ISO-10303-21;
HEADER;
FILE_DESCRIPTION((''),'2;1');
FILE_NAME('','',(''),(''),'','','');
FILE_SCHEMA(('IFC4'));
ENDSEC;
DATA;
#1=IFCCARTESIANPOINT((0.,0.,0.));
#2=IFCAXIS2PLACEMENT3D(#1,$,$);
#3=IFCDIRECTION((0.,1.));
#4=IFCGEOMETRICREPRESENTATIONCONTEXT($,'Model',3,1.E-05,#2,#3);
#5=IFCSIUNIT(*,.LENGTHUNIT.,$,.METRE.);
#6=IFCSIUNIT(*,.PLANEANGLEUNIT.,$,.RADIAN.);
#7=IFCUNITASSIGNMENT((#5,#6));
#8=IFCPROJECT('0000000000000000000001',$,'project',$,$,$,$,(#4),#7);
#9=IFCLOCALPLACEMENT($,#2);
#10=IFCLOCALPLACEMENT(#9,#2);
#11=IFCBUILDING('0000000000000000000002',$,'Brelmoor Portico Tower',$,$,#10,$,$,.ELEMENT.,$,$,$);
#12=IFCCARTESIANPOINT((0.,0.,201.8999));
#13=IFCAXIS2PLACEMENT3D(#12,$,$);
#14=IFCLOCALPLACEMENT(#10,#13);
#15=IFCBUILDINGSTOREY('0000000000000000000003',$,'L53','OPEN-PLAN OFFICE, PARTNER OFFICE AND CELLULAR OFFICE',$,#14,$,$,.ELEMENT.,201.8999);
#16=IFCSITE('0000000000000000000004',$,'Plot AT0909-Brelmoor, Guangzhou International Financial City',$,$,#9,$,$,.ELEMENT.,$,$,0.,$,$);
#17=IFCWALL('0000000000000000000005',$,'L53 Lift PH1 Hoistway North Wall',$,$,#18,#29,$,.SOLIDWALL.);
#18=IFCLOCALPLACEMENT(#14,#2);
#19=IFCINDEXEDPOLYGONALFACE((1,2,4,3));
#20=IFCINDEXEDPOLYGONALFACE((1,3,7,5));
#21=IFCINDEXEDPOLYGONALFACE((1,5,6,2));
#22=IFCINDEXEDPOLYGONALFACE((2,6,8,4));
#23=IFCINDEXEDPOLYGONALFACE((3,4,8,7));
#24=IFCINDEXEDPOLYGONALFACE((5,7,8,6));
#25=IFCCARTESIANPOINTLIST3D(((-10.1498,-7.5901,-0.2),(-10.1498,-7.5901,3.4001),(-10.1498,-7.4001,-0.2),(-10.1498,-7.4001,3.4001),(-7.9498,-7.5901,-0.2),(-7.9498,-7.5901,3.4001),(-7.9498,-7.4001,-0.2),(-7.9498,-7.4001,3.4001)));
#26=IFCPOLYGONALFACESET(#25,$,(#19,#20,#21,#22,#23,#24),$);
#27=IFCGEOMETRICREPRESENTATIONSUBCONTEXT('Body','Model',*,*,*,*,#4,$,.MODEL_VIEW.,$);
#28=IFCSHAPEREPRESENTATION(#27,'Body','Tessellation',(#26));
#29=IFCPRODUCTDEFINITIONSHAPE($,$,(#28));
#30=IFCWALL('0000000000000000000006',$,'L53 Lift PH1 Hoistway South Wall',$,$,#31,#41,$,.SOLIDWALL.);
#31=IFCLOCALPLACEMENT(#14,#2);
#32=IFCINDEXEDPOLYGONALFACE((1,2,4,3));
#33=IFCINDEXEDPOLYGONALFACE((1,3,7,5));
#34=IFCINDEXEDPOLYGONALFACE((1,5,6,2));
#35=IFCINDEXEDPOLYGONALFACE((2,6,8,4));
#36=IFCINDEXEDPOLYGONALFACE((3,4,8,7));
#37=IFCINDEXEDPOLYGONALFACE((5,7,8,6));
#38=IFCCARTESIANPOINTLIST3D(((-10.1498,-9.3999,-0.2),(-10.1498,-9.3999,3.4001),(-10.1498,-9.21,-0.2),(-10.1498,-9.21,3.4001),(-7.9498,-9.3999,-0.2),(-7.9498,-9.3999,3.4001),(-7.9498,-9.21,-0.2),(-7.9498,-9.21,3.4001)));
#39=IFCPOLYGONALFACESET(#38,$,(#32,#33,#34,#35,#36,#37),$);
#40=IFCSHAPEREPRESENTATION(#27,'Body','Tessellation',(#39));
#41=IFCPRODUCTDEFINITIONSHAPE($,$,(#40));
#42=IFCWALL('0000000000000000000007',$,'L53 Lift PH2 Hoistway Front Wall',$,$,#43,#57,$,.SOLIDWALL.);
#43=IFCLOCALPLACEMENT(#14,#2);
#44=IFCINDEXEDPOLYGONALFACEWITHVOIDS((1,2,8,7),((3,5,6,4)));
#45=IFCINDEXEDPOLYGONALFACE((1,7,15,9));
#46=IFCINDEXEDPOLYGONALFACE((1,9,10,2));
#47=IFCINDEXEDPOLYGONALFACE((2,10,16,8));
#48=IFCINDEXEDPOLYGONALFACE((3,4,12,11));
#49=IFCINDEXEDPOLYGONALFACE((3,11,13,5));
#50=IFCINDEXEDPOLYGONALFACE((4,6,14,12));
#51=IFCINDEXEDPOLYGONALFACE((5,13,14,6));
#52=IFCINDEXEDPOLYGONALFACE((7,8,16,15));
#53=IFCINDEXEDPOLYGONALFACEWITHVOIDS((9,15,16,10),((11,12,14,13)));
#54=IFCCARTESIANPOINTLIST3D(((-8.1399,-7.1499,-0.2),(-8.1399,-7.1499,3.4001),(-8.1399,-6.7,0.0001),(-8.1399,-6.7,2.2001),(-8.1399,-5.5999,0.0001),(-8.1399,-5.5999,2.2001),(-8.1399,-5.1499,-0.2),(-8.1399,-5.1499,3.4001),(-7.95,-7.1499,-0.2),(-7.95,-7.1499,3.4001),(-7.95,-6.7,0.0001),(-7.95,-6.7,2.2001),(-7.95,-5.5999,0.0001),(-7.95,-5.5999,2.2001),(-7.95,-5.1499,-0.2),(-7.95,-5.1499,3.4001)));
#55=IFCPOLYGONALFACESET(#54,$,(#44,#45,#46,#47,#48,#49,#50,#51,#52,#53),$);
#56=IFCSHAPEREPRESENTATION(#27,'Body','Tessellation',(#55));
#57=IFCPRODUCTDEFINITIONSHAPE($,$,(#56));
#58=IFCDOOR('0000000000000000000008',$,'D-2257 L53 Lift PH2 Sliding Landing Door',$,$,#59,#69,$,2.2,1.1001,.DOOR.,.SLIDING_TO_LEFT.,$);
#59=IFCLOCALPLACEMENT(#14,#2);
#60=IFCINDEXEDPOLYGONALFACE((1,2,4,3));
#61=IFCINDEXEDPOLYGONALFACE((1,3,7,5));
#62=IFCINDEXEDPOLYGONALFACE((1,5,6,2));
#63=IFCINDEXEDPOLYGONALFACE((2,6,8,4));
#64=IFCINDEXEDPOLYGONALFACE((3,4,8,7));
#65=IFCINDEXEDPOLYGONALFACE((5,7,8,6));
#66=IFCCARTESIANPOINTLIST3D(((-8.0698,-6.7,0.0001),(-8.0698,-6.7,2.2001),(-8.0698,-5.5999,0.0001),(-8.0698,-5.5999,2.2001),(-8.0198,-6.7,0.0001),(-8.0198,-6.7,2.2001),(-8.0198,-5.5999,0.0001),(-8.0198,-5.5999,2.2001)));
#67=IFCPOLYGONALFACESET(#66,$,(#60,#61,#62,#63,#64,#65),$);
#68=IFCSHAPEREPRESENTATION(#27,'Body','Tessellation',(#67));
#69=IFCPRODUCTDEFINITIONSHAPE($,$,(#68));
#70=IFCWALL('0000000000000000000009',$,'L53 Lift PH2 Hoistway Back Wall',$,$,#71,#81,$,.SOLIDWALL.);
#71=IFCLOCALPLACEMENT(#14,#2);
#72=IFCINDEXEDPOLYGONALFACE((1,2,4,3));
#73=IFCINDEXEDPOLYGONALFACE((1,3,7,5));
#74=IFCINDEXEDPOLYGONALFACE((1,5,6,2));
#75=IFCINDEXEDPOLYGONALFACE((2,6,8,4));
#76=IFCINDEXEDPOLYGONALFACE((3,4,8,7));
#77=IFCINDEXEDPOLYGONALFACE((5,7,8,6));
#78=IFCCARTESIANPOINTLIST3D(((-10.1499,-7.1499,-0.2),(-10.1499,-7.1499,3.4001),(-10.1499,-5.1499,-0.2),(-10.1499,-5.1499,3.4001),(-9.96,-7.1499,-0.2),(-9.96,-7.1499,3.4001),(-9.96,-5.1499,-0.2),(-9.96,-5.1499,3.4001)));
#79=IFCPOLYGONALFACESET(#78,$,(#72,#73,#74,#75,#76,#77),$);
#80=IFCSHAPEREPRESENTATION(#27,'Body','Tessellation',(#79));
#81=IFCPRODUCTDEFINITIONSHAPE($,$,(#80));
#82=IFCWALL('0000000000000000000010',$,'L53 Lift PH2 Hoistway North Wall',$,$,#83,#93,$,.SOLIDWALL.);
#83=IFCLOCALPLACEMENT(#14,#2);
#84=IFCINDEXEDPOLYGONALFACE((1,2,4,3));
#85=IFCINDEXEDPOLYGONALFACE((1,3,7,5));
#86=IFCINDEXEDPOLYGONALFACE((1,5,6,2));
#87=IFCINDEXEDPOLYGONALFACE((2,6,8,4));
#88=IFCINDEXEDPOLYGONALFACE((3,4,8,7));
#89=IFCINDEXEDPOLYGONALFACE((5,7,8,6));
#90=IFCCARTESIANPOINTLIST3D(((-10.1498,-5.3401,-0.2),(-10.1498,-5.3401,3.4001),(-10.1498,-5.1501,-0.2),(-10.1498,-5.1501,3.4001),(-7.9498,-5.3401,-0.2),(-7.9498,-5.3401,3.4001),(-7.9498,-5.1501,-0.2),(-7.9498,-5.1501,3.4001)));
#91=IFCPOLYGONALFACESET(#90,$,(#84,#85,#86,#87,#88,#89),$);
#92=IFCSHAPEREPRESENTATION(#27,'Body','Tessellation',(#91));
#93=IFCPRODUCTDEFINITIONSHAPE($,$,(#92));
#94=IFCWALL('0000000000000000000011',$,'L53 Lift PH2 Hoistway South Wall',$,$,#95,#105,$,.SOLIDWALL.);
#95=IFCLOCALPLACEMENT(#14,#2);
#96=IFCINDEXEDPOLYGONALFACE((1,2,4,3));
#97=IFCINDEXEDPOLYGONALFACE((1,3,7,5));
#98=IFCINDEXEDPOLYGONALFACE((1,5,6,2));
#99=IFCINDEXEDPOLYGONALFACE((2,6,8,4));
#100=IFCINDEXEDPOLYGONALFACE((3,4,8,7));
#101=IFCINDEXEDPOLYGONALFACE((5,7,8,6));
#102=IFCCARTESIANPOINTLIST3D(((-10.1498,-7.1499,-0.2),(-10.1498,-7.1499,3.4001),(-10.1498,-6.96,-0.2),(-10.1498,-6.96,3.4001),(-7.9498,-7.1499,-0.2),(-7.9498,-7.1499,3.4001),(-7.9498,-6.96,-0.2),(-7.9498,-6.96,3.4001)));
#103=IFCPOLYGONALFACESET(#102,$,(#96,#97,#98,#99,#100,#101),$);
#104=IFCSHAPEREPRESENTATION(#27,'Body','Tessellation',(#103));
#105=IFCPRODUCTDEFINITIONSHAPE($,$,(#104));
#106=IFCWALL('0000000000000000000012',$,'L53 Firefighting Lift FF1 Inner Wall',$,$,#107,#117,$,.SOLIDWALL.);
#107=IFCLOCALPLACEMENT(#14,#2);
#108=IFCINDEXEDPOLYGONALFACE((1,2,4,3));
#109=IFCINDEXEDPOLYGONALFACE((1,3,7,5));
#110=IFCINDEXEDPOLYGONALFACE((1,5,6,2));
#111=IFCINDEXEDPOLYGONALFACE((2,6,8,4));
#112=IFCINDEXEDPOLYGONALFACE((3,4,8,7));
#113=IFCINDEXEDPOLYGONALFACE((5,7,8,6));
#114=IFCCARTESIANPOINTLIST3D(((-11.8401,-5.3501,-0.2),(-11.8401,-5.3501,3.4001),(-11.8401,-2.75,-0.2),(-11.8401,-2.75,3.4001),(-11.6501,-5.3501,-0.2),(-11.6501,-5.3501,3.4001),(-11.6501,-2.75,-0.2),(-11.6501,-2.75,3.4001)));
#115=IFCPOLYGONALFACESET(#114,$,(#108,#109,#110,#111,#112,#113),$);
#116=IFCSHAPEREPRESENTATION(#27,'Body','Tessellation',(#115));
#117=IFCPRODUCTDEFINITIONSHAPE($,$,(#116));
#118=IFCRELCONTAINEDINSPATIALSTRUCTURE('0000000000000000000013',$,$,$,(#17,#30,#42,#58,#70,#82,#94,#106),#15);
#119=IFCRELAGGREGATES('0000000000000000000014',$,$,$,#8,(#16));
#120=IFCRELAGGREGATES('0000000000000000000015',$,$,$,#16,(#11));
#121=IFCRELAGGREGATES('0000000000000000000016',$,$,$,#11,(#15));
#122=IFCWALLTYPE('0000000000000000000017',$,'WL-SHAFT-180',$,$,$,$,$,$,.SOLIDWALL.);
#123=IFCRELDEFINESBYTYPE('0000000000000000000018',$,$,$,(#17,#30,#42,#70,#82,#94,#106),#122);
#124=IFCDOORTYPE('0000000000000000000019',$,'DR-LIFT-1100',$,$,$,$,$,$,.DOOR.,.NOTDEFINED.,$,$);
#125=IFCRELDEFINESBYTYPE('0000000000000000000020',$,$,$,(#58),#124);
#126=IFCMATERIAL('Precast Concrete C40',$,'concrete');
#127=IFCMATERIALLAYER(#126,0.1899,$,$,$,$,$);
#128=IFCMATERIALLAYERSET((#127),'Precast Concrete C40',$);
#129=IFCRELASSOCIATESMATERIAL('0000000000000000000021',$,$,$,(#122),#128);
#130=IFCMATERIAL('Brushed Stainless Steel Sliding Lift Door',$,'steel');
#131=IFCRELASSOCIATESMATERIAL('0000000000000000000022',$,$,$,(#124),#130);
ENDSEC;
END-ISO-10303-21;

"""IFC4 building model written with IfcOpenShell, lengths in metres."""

from ifc_helpers import new_model, si_unit, direction, frame, frame_2d, origin, place, context, subcontext, project, spatial, rectangle, extrude, material, layer, layer_set, type_object, element, fill, save


model = new_model("IFC4")

# Units and contexts
model_context = context("Model", 3, precision=1e-05, world=origin(), true_north=direction((0.0, 1.0)))
body_context = subcontext(model_context, "Body", "Model", "MODEL_VIEW")
ifc_project = project(units=[si_unit("LENGTHUNIT", "METRE"), si_unit("PLANEANGLEUNIT", "RADIAN")], contexts=[model_context])

# Site, building, storey
site_placement = place(None, origin())
site = spatial("IfcSite", under=ifc_project, at=site_placement, Name="Plot AT0909-Brelmoor, Guangzhou International Financial City", CompositionType="ELEMENT", RefElevation=0.0)
building_placement = place(site_placement, origin())
building = spatial("IfcBuilding", under=site, at=building_placement, Name="Brelmoor Portico Tower", CompositionType="ELEMENT")
storey_placement = place(building_placement, frame((0.0, 0.0, 201.8999)))
storey = spatial("IfcBuildingStorey", under=building, at=storey_placement, Name="L53", Description="OPEN-PLAN OFFICE, PARTNER OFFICE AND CELLULAR OFFICE", CompositionType="ELEMENT", Elevation=201.8999)

# Walls
ifc_material_1 = material(Name="Precast Concrete C40", Category="concrete")
ifc_layer_1 = layer(ifc_material_1, 0.1899)
ifc_layer_set_1 = layer_set([ifc_layer_1], Name="Precast Concrete C40")
wall_type_1 = type_object("IfcWallType", Name="WL-SHAFT-180", PredefinedType="SOLIDWALL", material=ifc_layer_set_1)
for number, where, z_axis, x_axis, name in (
    (1, (-10.1499, -7.4951, -0.2), (0.0, 0.0, 1.0), (1.0, 0.0, 0.0), "L53 Lift PH1 Hoistway North Wall"),
    (2, (-10.1499, -9.3049, -0.2), (0.0, 0.0, 1.0), (1.0, 0.0, 0.0), "L53 Lift PH1 Hoistway South Wall"),
):
    element("IfcWall", number, at=place(storey_placement, frame(where, z_axis=z_axis, x_axis=x_axis)), inside=storey, type_object=wall_type_1, Name=name, PredefinedType="SOLIDWALL", context=body_context, shape_type="SweptSolid", body=[
        extrude(rectangle(XDim=2.2, YDim=0.1899, at=frame_2d((1.1001, 0.0))), origin(), (0.0, 0.0, 1.0), 3.6001),
    ])

# Wall, opening, door
wall_1_placement = place(storey_placement, frame((-8.0449, -7.1499, -0.2), z_axis=(0.0, 0.0, 1.0), x_axis=(0.0, 1.0, 0.0)))
wall_1 = element("IfcWall", 3, at=wall_1_placement, inside=storey, type_object=wall_type_1, Name="L53 Lift PH2 Hoistway Front Wall", PredefinedType="SOLIDWALL", context=body_context, shape_type="SweptSolid", body=[
    extrude(rectangle(XDim=2.0, YDim=0.1899, at=frame_2d((1.0, 0.0))), origin(), (0.0, 0.0, 1.0), 3.6001),
])
opening_1_placement = place(wall_1_placement, frame((0.45, 0.0, 0.2)))
opening_1 = element("IfcOpeningElement", 4, at=opening_1_placement, cuts=wall_1, PredefinedType="OPENING", context=body_context, shape_type="SweptSolid", body=[
    extrude(rectangle(XDim=1.1001, YDim=2.2, at=frame_2d((0.55, 1.1001))), frame((0.0, 0.105, 0.0), z_axis=(0.0, -1.0, 0.0), x_axis=(1.0, 0.0, 0.0)), (0.0, 0.0, 1.0), 0.21),
])
ifc_material_2 = material(Name="Brushed Stainless Steel Sliding Lift Door", Category="steel")
door_type_1 = type_object("IfcDoorType", Name="DR-LIFT-1100", OperationType="NOTDEFINED", PredefinedType="DOOR", material=ifc_material_2)
door_1_placement = place(opening_1_placement, origin())
door_1 = element("IfcDoor", 5, at=door_1_placement, inside=storey, type_object=door_type_1, Name="D-2257 L53 Lift PH2 Sliding Landing Door", OperationType="SLIDING_TO_LEFT", OverallHeight=2.2, OverallWidth=1.1001, PredefinedType="DOOR", context=body_context, shape_type="SweptSolid", body=[
    extrude(rectangle(XDim=1.1001, YDim=2.2, at=frame_2d((0.55, 1.1001))), frame((0.0, 0.0249, 0.0), z_axis=(0.0, -1.0, 0.0), x_axis=(1.0, 0.0, 0.0)), (0.0, 0.0, 1.0), 0.05),
])
fill(opening_1, door_1)

# Walls
wall_2_placement = place(storey_placement, frame((-10.0549, -7.1499, -0.2), z_axis=(0.0, 0.0, 1.0), x_axis=(0.0, 1.0, 0.0)))
element("IfcWall", 6, at=wall_2_placement, inside=storey, type_object=wall_type_1, Name="L53 Lift PH2 Hoistway Back Wall", PredefinedType="SOLIDWALL", context=body_context, shape_type="SweptSolid", body=[
    extrude(rectangle(XDim=2.0, YDim=0.1899, at=frame_2d((1.0, 0.0))), origin(), (0.0, 0.0, 1.0), 3.6001),
])
for number, where, z_axis, x_axis, name in (
    (7, (-10.1499, -5.2451, -0.2), (0.0, 0.0, 1.0), (1.0, 0.0, 0.0), "L53 Lift PH2 Hoistway North Wall"),
    (8, (-10.1499, -7.0549, -0.2), (0.0, 0.0, 1.0), (1.0, 0.0, 0.0), "L53 Lift PH2 Hoistway South Wall"),
):
    element("IfcWall", number, at=place(storey_placement, frame(where, z_axis=z_axis, x_axis=x_axis)), inside=storey, type_object=wall_type_1, Name=name, PredefinedType="SOLIDWALL", context=body_context, shape_type="SweptSolid", body=[
        extrude(rectangle(XDim=2.2, YDim=0.1899, at=frame_2d((1.1001, 0.0))), origin(), (0.0, 0.0, 1.0), 3.6001),
    ])
wall_3_placement = place(storey_placement, frame((-11.7451, -5.3501, -0.2), z_axis=(0.0, 0.0, 1.0), x_axis=(0.0, 1.0, 0.0)))
element("IfcWall", 9, at=wall_3_placement, inside=storey, type_object=wall_type_1, Name="L53 Firefighting Lift FF1 Inner Wall", PredefinedType="SOLIDWALL", context=body_context, shape_type="SweptSolid", body=[
    extrude(rectangle(XDim=2.6001, YDim=0.1899, at=frame_2d((1.3, 0.0))), origin(), (0.0, 0.0, 1.0), 3.6001),
])

save(model, "model.ifc")
